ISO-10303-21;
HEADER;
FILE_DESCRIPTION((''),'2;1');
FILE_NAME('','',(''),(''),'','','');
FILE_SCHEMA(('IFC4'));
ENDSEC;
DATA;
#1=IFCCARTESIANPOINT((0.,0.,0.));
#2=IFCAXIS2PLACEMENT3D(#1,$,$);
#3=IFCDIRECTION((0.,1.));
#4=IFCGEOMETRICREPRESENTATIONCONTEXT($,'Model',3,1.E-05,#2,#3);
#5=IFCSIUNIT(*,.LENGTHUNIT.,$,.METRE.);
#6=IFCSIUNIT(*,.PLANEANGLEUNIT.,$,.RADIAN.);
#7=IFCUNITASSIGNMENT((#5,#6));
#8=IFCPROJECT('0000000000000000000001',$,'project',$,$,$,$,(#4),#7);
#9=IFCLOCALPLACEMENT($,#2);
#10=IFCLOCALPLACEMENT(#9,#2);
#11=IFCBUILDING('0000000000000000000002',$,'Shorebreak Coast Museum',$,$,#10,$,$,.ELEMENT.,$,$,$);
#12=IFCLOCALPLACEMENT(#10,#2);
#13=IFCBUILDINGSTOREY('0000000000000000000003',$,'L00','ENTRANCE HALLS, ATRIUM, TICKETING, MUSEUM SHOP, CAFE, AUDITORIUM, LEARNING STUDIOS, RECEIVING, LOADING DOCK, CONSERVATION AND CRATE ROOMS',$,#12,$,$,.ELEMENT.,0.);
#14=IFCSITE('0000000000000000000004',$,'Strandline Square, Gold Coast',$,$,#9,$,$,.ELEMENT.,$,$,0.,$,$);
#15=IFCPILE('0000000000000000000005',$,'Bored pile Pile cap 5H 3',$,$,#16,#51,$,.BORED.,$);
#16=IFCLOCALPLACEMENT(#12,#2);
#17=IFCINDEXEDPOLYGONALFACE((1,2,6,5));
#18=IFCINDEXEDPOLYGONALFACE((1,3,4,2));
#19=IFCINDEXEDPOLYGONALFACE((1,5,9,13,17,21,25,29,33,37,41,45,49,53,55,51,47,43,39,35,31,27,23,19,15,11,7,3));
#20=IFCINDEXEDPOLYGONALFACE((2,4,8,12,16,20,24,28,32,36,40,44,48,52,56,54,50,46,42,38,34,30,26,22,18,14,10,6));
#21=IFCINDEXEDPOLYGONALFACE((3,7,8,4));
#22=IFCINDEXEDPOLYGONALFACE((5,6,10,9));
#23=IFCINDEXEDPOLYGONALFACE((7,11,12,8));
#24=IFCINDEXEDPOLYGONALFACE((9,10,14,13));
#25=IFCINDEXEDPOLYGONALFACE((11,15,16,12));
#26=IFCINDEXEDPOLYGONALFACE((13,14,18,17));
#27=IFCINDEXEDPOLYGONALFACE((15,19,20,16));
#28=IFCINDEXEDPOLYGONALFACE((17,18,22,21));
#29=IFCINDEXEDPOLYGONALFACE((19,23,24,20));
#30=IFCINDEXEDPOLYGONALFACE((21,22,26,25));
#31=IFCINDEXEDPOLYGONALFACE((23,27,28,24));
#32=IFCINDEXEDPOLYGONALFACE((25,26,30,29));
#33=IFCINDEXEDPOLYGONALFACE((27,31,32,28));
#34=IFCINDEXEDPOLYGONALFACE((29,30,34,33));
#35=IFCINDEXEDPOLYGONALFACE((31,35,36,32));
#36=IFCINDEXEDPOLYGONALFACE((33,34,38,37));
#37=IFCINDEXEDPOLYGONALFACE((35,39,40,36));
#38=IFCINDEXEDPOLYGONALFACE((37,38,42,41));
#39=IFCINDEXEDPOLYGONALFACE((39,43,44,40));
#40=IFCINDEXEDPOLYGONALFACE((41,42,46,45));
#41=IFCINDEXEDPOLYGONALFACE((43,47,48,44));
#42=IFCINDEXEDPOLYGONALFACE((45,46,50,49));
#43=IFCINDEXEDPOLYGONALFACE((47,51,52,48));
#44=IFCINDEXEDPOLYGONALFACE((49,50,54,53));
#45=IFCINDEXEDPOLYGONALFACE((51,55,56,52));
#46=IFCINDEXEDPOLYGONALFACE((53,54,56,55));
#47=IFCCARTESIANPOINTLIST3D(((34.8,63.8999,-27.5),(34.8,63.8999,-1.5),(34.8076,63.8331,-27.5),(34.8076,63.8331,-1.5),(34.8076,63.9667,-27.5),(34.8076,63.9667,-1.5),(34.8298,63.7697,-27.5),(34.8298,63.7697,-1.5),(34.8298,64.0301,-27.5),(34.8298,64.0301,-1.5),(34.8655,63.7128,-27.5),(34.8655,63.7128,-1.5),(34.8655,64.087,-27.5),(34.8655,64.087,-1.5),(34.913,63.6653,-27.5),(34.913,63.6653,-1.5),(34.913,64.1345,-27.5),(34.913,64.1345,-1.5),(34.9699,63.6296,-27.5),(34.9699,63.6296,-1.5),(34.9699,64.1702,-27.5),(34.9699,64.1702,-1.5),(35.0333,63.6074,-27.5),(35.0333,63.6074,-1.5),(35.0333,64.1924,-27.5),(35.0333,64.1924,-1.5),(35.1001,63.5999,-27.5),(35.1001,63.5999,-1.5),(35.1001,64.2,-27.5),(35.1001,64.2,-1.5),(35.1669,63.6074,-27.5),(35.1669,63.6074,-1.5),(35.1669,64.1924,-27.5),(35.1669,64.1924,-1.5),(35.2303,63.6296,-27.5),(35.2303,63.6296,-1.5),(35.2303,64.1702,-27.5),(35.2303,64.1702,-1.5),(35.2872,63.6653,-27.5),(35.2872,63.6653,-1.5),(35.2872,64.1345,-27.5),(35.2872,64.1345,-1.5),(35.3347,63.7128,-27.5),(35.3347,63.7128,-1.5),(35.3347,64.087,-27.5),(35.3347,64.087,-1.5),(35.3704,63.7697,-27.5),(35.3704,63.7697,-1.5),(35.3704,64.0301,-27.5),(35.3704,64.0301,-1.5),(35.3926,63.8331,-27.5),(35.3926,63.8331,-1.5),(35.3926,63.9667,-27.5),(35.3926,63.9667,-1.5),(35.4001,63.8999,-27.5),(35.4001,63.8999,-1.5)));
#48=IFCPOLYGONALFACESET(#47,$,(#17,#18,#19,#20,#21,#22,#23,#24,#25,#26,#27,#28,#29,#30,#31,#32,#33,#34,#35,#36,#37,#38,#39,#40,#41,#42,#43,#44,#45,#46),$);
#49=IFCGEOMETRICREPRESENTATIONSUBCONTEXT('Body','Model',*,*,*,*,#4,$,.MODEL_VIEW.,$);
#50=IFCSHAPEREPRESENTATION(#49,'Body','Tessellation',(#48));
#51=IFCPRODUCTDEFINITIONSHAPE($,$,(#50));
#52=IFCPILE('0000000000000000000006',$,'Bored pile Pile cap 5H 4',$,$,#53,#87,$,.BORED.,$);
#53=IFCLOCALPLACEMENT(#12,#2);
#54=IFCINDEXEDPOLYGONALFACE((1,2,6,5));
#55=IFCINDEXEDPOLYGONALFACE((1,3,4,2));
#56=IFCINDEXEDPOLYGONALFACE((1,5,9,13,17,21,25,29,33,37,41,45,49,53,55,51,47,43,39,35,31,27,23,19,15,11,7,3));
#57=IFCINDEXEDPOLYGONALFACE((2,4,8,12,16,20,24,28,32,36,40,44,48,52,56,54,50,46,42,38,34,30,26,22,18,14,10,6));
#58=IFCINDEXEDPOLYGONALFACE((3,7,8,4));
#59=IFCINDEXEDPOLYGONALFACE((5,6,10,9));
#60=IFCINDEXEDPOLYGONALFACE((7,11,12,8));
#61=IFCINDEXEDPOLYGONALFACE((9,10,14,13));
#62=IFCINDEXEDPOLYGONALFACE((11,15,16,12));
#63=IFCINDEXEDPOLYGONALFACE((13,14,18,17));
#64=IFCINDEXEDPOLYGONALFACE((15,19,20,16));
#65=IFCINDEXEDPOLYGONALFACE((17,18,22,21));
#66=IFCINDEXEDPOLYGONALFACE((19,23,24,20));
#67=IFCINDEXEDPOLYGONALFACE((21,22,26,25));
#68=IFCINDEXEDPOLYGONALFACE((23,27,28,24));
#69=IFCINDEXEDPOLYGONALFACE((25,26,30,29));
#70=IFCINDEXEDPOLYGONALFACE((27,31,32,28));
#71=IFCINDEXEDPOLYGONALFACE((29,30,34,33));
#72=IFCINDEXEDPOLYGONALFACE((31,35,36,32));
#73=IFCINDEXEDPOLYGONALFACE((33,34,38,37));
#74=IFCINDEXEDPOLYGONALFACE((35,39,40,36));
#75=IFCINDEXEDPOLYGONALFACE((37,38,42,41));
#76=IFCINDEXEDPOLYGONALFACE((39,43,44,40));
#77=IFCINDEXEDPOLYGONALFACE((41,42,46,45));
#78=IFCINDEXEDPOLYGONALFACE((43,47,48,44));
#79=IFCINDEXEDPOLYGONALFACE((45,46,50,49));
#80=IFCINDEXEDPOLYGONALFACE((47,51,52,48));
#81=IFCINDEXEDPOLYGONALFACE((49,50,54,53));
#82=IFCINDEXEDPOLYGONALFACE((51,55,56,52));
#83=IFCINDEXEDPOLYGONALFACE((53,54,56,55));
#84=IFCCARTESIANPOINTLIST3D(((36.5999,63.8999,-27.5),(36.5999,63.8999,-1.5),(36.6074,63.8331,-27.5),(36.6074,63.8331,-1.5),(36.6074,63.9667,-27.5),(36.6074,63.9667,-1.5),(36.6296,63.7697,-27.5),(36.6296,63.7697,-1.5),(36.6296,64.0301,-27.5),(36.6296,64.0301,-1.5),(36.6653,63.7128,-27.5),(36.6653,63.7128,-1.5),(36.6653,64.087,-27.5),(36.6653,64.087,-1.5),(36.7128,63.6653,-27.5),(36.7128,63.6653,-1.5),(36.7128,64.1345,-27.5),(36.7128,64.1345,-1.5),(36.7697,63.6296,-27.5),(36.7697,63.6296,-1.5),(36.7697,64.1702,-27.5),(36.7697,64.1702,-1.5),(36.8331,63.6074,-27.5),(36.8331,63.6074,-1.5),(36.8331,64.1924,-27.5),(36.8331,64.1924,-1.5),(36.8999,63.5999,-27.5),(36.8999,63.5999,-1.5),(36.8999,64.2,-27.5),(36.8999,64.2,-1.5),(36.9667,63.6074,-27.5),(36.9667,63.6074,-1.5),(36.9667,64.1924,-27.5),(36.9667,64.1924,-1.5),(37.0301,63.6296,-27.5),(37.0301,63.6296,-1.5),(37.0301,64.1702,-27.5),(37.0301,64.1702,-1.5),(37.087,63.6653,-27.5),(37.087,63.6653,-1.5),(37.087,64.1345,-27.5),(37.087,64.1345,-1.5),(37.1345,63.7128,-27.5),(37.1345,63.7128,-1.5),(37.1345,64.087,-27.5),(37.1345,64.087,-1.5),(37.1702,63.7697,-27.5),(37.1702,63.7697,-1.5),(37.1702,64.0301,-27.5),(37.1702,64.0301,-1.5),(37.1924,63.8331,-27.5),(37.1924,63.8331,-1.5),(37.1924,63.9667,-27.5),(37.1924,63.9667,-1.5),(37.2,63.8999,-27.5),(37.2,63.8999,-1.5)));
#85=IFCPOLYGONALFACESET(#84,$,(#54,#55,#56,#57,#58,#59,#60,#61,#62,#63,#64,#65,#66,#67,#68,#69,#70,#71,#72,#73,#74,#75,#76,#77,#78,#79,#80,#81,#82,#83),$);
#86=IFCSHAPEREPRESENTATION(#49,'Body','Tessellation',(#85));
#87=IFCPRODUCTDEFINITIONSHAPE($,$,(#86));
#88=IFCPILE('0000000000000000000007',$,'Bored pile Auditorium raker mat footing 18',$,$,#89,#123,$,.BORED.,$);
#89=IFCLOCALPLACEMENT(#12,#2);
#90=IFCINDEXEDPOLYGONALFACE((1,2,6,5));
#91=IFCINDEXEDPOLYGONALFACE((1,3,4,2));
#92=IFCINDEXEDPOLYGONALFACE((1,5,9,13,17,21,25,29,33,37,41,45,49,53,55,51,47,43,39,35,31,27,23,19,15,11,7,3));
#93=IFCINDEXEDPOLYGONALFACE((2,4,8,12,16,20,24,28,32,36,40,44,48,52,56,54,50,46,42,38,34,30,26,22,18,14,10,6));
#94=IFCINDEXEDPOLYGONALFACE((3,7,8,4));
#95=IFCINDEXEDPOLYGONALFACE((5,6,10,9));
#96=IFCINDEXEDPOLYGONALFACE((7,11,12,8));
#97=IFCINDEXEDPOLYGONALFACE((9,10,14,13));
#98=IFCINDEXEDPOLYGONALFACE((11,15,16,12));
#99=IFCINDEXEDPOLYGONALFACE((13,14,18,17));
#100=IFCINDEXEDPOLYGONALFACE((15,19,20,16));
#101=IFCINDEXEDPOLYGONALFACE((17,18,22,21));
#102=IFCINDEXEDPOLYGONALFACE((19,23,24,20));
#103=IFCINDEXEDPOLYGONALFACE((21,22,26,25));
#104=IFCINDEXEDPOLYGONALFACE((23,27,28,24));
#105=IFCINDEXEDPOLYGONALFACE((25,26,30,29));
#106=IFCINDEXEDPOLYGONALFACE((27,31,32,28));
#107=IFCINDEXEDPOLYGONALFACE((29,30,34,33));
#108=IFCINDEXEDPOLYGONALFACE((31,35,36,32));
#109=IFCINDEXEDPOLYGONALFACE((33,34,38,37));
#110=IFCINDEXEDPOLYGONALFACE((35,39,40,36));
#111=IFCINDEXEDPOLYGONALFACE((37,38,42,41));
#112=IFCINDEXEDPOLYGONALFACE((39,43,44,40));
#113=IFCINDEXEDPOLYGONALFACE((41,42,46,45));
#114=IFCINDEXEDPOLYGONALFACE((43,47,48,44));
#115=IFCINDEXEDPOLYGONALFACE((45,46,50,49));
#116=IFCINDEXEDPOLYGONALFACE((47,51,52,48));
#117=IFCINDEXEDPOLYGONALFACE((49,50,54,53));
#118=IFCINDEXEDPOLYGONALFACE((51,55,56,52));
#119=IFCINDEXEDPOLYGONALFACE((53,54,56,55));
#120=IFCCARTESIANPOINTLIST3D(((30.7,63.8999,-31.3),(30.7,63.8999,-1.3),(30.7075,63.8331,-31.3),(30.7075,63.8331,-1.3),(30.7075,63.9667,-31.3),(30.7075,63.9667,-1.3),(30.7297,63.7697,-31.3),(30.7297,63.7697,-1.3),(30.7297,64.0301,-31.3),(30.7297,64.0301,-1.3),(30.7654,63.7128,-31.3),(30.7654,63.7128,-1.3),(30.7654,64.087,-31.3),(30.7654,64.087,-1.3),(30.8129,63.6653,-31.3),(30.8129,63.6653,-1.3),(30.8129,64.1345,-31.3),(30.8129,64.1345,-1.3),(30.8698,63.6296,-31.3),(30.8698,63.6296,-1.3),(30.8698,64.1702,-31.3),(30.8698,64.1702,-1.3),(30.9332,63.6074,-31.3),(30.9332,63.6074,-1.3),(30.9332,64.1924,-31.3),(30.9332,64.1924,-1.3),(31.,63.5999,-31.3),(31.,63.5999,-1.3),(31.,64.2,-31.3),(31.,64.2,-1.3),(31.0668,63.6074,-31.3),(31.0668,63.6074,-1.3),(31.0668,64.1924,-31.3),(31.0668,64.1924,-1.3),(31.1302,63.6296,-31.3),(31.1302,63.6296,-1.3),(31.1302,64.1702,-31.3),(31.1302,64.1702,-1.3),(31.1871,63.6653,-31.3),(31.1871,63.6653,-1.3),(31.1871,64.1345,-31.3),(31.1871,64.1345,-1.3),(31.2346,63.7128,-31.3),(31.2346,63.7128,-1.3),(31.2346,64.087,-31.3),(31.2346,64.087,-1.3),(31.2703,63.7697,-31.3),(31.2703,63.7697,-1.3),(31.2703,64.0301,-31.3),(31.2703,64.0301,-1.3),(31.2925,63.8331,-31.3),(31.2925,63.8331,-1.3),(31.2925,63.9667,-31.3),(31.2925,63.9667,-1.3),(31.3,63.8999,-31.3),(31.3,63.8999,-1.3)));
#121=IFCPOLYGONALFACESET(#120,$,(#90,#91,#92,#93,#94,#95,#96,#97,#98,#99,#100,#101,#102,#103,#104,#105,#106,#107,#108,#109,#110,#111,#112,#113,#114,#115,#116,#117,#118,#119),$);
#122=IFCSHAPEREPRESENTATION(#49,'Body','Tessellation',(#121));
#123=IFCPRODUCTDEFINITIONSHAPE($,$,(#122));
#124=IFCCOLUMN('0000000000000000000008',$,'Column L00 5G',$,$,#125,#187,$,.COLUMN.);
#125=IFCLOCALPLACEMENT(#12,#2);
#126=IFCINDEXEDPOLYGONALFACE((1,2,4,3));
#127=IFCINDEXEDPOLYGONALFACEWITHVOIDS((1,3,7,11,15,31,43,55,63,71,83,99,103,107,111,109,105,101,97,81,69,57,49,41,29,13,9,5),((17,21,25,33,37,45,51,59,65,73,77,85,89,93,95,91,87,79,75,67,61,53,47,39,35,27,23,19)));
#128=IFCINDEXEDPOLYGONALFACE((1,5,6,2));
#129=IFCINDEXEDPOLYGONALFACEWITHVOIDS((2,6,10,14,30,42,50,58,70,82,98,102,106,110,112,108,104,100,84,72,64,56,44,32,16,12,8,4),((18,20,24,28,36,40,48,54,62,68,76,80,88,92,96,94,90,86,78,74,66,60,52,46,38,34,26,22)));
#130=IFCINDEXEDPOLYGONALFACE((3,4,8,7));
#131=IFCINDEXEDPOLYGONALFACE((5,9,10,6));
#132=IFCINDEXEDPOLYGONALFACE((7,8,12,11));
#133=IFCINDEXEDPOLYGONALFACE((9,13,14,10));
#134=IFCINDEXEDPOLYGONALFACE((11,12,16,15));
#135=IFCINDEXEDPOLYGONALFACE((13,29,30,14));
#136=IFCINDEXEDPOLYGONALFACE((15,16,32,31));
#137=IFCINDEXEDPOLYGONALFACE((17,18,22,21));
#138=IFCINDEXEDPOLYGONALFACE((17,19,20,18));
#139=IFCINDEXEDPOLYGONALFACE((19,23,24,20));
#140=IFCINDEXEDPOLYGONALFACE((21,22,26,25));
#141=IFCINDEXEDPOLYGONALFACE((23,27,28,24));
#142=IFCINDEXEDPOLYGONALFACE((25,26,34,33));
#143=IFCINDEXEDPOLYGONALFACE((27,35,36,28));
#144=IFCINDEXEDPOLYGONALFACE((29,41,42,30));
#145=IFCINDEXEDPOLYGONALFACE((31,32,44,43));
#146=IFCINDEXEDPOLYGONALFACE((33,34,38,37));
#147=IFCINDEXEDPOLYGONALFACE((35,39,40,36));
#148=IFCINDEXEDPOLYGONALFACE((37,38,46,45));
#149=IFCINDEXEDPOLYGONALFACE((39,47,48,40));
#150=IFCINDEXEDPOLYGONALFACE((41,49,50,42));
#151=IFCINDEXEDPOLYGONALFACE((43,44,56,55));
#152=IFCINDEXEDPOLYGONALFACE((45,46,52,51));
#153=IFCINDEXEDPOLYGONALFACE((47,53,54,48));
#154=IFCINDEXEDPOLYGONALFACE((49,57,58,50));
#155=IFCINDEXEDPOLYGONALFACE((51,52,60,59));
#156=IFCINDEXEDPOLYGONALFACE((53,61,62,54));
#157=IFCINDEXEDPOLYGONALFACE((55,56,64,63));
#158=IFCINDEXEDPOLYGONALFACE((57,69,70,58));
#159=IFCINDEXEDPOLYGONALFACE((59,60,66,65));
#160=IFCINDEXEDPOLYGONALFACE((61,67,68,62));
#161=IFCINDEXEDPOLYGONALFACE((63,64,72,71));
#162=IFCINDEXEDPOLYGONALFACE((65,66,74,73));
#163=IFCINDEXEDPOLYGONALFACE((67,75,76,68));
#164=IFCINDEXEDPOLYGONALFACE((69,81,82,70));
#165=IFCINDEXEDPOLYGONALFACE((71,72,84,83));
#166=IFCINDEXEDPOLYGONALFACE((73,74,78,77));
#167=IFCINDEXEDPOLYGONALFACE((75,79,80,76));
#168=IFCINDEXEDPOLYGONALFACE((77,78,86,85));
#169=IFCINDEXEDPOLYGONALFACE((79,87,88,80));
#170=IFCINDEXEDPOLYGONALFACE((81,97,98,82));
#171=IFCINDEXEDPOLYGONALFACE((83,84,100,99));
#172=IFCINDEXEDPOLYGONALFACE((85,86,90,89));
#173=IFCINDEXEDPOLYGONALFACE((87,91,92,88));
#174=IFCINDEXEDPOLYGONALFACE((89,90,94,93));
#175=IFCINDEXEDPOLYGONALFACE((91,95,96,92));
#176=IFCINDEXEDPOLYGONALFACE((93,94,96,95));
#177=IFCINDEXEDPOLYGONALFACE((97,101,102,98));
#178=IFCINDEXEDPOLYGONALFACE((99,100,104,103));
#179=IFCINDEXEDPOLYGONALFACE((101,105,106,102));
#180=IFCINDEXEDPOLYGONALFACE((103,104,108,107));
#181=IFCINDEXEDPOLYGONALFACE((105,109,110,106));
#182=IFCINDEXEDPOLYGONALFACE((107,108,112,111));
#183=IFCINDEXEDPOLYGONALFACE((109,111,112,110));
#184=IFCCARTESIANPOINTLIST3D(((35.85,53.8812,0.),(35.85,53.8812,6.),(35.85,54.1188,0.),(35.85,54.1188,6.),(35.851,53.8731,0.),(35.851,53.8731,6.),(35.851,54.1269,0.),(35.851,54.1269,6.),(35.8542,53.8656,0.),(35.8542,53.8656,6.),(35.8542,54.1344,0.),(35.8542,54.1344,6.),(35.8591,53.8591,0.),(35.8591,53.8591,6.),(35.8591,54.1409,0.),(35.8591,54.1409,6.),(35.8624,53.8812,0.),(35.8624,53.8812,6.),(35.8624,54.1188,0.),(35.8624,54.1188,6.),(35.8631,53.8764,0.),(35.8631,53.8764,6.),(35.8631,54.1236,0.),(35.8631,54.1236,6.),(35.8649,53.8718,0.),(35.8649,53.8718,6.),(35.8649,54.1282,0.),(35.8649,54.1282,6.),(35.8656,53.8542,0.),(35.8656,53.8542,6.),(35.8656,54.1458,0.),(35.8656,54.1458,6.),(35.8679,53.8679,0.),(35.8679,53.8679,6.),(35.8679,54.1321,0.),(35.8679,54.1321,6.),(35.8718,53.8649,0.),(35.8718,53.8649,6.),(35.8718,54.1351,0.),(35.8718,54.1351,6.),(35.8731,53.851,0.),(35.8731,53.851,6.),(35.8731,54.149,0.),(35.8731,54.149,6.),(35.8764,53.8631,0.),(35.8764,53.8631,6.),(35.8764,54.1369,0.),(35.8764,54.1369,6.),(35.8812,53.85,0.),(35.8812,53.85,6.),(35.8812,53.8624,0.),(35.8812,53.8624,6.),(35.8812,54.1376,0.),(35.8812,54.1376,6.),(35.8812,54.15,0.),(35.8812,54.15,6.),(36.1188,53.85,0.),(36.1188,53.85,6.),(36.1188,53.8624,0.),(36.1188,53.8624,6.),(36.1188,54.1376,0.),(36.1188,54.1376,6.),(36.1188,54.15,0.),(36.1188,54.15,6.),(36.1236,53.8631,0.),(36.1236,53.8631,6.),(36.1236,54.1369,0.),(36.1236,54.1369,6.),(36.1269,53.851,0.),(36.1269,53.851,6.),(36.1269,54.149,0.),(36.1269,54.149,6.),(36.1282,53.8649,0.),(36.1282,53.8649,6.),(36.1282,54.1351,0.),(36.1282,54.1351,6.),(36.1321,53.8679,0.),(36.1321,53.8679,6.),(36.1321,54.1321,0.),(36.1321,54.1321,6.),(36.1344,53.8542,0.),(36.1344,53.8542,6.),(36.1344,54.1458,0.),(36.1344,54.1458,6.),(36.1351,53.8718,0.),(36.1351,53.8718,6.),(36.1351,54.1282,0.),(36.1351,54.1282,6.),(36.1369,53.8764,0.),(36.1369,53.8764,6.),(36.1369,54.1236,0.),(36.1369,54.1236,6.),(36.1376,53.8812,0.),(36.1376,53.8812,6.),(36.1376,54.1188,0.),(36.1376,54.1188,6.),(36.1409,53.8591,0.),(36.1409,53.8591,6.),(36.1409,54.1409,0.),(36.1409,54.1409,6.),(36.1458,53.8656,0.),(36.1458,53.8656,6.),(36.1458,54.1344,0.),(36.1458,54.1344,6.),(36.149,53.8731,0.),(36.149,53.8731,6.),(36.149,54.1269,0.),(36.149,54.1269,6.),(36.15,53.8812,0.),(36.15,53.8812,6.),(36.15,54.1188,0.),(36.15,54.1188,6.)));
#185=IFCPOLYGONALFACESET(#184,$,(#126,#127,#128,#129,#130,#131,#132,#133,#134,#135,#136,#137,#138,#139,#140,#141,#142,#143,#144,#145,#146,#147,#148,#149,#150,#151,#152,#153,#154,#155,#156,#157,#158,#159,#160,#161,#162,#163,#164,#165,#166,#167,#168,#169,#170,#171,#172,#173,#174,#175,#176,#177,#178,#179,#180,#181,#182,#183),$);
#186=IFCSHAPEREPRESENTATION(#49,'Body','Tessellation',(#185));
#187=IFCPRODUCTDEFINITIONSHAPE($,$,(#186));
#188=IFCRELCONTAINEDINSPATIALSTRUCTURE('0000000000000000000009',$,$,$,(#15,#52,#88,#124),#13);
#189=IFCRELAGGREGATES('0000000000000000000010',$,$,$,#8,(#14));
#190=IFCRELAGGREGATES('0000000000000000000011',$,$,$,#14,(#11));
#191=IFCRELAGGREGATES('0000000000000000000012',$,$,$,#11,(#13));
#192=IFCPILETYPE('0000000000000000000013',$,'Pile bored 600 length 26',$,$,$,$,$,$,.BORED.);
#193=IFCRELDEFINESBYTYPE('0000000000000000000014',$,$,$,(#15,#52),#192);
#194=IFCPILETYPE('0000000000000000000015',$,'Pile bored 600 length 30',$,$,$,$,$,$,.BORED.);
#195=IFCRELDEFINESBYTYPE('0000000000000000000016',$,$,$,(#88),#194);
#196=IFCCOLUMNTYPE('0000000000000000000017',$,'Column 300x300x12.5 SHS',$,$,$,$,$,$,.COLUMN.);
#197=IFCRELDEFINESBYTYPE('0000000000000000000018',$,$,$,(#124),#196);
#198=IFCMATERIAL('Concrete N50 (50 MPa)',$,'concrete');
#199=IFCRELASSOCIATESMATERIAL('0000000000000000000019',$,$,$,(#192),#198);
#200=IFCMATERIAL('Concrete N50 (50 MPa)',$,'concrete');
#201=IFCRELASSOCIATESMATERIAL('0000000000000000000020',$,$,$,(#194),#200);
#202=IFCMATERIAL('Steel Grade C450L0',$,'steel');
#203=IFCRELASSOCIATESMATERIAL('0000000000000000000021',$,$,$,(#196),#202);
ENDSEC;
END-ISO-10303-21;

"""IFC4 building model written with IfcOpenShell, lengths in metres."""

from ifc_helpers import new_model, si_unit, direction, frame, origin, origin_2d, place, context, subcontext, project, spatial, hollow_rectangle, circle, extrude, material, material_profile, profile_set, type_object, element, save


model = new_model("IFC4")

# Units and contexts
model_context = context("Model", 3, precision=1e-05, world=origin(), true_north=direction((0.0, 1.0)))
body_context = subcontext(model_context, "Body", "Model", "MODEL_VIEW")
ifc_project = project(units=[si_unit("LENGTHUNIT", "METRE"), si_unit("PLANEANGLEUNIT", "RADIAN")], contexts=[model_context])

# Site, building, storey
site_placement = place(None, origin())
site = spatial("IfcSite", under=ifc_project, at=site_placement, Name="Strandline Square, Gold Coast", CompositionType="ELEMENT", RefElevation=0.0)
building_placement = place(site_placement, origin())
building = spatial("IfcBuilding", under=site, at=building_placement, Name="Shorebreak Coast Museum", CompositionType="ELEMENT")
storey_placement = place(building_placement, origin())
storey = spatial("IfcBuildingStorey", under=building, at=storey_placement, Name="L00", Description="ENTRANCE HALLS, ATRIUM, TICKETING, MUSEUM SHOP, CAFE, AUDITORIUM, LEARNING STUDIOS, RECEIVING, LOADING DOCK, CONSERVATION AND CRATE ROOMS", CompositionType="ELEMENT", Elevation=0.0)

# Piles
ifc_material_1 = material(Name="Concrete N50 (50 MPa)", Category="concrete")
ifc_material_profile_1 = material_profile(ifc_material_1, circle(Radius=0.3, at=origin_2d()), Name="Pile bored 600 length 26")
ifc_profile_set_1 = profile_set([ifc_material_profile_1], Name="Concrete N50 (50 MPa)")
pile_type_1 = type_object("IfcPileType", Name="Pile bored 600 length 26", PredefinedType="BORED", material=ifc_profile_set_1)
for number, where, z_axis, x_axis, name in (
    (1, (35.1001, 63.8999, -1.5), (0.0, 0.0, -1.0), (1.0, 0.0, 0.0), "Bored pile Pile cap 5H 3"),
    (2, (36.8999, 63.8999, -1.5), (0.0, 0.0, -1.0), (1.0, 0.0, 0.0), "Bored pile Pile cap 5H 4"),
):
    element("IfcPile", number, at=place(storey_placement, frame(where, z_axis=z_axis, x_axis=x_axis)), inside=storey, type_object=pile_type_1, Name=name, PredefinedType="BORED", context=body_context, shape_type="SweptSolid", body=[
        extrude(circle(Radius=0.3, at=origin_2d()), origin(), (0.0, 0.0, 1.0), 26.0),
    ])
ifc_material_2 = material(Name="Concrete N50 (50 MPa)", Category="concrete")
ifc_material_profile_2 = material_profile(ifc_material_2, circle(Radius=0.3, at=origin_2d()), Name="Pile bored 600 length 30")
ifc_profile_set_2 = profile_set([ifc_material_profile_2], Name="Concrete N50 (50 MPa)")
pile_type_2 = type_object("IfcPileType", Name="Pile bored 600 length 30", PredefinedType="BORED", material=ifc_profile_set_2)
pile_placement = place(storey_placement, frame((31.0, 63.8999, -1.3), z_axis=(0.0, 0.0, -1.0), x_axis=(1.0, 0.0, 0.0)))
element("IfcPile", 3, at=pile_placement, inside=storey, type_object=pile_type_2, Name="Bored pile Auditorium raker mat footing 18", PredefinedType="BORED", context=body_context, shape_type="SweptSolid", body=[
    extrude(circle(Radius=0.3, at=origin_2d()), origin(), (0.0, 0.0, 1.0), 30.0),
])

# Column
ifc_material_3 = material(Name="Steel Grade C450L0", Category="steel")
ifc_material_profile_3 = material_profile(ifc_material_3, hollow_rectangle(XDim=0.3, YDim=0.3, WallThickness=0.0125, InnerFilletRadius=0.0188, OuterFilletRadius=0.0312, at=origin_2d()), Name="300x300x12.5 SHS")
ifc_profile_set_3 = profile_set([ifc_material_profile_3], Name="Steel Grade C450L0")
column_type_1 = type_object("IfcColumnType", Name="Column 300x300x12.5 SHS", PredefinedType="COLUMN", material=ifc_profile_set_3)
column_placement = place(storey_placement, frame((36.0, 54.0, 0.0), z_axis=(0.0, 0.0, 1.0), x_axis=(1.0, 0.0, 0.0)))
element("IfcColumn", 4, at=column_placement, inside=storey, type_object=column_type_1, Name="Column L00 5G", PredefinedType="COLUMN", context=body_context, shape_type="SweptSolid", body=[
    extrude(hollow_rectangle(XDim=0.3, YDim=0.3, WallThickness=0.0125, InnerFilletRadius=0.0188, OuterFilletRadius=0.0312, at=origin_2d()), origin(), (0.0, 0.0, 1.0), 6.0),
])

save(model, "model.ifc")
